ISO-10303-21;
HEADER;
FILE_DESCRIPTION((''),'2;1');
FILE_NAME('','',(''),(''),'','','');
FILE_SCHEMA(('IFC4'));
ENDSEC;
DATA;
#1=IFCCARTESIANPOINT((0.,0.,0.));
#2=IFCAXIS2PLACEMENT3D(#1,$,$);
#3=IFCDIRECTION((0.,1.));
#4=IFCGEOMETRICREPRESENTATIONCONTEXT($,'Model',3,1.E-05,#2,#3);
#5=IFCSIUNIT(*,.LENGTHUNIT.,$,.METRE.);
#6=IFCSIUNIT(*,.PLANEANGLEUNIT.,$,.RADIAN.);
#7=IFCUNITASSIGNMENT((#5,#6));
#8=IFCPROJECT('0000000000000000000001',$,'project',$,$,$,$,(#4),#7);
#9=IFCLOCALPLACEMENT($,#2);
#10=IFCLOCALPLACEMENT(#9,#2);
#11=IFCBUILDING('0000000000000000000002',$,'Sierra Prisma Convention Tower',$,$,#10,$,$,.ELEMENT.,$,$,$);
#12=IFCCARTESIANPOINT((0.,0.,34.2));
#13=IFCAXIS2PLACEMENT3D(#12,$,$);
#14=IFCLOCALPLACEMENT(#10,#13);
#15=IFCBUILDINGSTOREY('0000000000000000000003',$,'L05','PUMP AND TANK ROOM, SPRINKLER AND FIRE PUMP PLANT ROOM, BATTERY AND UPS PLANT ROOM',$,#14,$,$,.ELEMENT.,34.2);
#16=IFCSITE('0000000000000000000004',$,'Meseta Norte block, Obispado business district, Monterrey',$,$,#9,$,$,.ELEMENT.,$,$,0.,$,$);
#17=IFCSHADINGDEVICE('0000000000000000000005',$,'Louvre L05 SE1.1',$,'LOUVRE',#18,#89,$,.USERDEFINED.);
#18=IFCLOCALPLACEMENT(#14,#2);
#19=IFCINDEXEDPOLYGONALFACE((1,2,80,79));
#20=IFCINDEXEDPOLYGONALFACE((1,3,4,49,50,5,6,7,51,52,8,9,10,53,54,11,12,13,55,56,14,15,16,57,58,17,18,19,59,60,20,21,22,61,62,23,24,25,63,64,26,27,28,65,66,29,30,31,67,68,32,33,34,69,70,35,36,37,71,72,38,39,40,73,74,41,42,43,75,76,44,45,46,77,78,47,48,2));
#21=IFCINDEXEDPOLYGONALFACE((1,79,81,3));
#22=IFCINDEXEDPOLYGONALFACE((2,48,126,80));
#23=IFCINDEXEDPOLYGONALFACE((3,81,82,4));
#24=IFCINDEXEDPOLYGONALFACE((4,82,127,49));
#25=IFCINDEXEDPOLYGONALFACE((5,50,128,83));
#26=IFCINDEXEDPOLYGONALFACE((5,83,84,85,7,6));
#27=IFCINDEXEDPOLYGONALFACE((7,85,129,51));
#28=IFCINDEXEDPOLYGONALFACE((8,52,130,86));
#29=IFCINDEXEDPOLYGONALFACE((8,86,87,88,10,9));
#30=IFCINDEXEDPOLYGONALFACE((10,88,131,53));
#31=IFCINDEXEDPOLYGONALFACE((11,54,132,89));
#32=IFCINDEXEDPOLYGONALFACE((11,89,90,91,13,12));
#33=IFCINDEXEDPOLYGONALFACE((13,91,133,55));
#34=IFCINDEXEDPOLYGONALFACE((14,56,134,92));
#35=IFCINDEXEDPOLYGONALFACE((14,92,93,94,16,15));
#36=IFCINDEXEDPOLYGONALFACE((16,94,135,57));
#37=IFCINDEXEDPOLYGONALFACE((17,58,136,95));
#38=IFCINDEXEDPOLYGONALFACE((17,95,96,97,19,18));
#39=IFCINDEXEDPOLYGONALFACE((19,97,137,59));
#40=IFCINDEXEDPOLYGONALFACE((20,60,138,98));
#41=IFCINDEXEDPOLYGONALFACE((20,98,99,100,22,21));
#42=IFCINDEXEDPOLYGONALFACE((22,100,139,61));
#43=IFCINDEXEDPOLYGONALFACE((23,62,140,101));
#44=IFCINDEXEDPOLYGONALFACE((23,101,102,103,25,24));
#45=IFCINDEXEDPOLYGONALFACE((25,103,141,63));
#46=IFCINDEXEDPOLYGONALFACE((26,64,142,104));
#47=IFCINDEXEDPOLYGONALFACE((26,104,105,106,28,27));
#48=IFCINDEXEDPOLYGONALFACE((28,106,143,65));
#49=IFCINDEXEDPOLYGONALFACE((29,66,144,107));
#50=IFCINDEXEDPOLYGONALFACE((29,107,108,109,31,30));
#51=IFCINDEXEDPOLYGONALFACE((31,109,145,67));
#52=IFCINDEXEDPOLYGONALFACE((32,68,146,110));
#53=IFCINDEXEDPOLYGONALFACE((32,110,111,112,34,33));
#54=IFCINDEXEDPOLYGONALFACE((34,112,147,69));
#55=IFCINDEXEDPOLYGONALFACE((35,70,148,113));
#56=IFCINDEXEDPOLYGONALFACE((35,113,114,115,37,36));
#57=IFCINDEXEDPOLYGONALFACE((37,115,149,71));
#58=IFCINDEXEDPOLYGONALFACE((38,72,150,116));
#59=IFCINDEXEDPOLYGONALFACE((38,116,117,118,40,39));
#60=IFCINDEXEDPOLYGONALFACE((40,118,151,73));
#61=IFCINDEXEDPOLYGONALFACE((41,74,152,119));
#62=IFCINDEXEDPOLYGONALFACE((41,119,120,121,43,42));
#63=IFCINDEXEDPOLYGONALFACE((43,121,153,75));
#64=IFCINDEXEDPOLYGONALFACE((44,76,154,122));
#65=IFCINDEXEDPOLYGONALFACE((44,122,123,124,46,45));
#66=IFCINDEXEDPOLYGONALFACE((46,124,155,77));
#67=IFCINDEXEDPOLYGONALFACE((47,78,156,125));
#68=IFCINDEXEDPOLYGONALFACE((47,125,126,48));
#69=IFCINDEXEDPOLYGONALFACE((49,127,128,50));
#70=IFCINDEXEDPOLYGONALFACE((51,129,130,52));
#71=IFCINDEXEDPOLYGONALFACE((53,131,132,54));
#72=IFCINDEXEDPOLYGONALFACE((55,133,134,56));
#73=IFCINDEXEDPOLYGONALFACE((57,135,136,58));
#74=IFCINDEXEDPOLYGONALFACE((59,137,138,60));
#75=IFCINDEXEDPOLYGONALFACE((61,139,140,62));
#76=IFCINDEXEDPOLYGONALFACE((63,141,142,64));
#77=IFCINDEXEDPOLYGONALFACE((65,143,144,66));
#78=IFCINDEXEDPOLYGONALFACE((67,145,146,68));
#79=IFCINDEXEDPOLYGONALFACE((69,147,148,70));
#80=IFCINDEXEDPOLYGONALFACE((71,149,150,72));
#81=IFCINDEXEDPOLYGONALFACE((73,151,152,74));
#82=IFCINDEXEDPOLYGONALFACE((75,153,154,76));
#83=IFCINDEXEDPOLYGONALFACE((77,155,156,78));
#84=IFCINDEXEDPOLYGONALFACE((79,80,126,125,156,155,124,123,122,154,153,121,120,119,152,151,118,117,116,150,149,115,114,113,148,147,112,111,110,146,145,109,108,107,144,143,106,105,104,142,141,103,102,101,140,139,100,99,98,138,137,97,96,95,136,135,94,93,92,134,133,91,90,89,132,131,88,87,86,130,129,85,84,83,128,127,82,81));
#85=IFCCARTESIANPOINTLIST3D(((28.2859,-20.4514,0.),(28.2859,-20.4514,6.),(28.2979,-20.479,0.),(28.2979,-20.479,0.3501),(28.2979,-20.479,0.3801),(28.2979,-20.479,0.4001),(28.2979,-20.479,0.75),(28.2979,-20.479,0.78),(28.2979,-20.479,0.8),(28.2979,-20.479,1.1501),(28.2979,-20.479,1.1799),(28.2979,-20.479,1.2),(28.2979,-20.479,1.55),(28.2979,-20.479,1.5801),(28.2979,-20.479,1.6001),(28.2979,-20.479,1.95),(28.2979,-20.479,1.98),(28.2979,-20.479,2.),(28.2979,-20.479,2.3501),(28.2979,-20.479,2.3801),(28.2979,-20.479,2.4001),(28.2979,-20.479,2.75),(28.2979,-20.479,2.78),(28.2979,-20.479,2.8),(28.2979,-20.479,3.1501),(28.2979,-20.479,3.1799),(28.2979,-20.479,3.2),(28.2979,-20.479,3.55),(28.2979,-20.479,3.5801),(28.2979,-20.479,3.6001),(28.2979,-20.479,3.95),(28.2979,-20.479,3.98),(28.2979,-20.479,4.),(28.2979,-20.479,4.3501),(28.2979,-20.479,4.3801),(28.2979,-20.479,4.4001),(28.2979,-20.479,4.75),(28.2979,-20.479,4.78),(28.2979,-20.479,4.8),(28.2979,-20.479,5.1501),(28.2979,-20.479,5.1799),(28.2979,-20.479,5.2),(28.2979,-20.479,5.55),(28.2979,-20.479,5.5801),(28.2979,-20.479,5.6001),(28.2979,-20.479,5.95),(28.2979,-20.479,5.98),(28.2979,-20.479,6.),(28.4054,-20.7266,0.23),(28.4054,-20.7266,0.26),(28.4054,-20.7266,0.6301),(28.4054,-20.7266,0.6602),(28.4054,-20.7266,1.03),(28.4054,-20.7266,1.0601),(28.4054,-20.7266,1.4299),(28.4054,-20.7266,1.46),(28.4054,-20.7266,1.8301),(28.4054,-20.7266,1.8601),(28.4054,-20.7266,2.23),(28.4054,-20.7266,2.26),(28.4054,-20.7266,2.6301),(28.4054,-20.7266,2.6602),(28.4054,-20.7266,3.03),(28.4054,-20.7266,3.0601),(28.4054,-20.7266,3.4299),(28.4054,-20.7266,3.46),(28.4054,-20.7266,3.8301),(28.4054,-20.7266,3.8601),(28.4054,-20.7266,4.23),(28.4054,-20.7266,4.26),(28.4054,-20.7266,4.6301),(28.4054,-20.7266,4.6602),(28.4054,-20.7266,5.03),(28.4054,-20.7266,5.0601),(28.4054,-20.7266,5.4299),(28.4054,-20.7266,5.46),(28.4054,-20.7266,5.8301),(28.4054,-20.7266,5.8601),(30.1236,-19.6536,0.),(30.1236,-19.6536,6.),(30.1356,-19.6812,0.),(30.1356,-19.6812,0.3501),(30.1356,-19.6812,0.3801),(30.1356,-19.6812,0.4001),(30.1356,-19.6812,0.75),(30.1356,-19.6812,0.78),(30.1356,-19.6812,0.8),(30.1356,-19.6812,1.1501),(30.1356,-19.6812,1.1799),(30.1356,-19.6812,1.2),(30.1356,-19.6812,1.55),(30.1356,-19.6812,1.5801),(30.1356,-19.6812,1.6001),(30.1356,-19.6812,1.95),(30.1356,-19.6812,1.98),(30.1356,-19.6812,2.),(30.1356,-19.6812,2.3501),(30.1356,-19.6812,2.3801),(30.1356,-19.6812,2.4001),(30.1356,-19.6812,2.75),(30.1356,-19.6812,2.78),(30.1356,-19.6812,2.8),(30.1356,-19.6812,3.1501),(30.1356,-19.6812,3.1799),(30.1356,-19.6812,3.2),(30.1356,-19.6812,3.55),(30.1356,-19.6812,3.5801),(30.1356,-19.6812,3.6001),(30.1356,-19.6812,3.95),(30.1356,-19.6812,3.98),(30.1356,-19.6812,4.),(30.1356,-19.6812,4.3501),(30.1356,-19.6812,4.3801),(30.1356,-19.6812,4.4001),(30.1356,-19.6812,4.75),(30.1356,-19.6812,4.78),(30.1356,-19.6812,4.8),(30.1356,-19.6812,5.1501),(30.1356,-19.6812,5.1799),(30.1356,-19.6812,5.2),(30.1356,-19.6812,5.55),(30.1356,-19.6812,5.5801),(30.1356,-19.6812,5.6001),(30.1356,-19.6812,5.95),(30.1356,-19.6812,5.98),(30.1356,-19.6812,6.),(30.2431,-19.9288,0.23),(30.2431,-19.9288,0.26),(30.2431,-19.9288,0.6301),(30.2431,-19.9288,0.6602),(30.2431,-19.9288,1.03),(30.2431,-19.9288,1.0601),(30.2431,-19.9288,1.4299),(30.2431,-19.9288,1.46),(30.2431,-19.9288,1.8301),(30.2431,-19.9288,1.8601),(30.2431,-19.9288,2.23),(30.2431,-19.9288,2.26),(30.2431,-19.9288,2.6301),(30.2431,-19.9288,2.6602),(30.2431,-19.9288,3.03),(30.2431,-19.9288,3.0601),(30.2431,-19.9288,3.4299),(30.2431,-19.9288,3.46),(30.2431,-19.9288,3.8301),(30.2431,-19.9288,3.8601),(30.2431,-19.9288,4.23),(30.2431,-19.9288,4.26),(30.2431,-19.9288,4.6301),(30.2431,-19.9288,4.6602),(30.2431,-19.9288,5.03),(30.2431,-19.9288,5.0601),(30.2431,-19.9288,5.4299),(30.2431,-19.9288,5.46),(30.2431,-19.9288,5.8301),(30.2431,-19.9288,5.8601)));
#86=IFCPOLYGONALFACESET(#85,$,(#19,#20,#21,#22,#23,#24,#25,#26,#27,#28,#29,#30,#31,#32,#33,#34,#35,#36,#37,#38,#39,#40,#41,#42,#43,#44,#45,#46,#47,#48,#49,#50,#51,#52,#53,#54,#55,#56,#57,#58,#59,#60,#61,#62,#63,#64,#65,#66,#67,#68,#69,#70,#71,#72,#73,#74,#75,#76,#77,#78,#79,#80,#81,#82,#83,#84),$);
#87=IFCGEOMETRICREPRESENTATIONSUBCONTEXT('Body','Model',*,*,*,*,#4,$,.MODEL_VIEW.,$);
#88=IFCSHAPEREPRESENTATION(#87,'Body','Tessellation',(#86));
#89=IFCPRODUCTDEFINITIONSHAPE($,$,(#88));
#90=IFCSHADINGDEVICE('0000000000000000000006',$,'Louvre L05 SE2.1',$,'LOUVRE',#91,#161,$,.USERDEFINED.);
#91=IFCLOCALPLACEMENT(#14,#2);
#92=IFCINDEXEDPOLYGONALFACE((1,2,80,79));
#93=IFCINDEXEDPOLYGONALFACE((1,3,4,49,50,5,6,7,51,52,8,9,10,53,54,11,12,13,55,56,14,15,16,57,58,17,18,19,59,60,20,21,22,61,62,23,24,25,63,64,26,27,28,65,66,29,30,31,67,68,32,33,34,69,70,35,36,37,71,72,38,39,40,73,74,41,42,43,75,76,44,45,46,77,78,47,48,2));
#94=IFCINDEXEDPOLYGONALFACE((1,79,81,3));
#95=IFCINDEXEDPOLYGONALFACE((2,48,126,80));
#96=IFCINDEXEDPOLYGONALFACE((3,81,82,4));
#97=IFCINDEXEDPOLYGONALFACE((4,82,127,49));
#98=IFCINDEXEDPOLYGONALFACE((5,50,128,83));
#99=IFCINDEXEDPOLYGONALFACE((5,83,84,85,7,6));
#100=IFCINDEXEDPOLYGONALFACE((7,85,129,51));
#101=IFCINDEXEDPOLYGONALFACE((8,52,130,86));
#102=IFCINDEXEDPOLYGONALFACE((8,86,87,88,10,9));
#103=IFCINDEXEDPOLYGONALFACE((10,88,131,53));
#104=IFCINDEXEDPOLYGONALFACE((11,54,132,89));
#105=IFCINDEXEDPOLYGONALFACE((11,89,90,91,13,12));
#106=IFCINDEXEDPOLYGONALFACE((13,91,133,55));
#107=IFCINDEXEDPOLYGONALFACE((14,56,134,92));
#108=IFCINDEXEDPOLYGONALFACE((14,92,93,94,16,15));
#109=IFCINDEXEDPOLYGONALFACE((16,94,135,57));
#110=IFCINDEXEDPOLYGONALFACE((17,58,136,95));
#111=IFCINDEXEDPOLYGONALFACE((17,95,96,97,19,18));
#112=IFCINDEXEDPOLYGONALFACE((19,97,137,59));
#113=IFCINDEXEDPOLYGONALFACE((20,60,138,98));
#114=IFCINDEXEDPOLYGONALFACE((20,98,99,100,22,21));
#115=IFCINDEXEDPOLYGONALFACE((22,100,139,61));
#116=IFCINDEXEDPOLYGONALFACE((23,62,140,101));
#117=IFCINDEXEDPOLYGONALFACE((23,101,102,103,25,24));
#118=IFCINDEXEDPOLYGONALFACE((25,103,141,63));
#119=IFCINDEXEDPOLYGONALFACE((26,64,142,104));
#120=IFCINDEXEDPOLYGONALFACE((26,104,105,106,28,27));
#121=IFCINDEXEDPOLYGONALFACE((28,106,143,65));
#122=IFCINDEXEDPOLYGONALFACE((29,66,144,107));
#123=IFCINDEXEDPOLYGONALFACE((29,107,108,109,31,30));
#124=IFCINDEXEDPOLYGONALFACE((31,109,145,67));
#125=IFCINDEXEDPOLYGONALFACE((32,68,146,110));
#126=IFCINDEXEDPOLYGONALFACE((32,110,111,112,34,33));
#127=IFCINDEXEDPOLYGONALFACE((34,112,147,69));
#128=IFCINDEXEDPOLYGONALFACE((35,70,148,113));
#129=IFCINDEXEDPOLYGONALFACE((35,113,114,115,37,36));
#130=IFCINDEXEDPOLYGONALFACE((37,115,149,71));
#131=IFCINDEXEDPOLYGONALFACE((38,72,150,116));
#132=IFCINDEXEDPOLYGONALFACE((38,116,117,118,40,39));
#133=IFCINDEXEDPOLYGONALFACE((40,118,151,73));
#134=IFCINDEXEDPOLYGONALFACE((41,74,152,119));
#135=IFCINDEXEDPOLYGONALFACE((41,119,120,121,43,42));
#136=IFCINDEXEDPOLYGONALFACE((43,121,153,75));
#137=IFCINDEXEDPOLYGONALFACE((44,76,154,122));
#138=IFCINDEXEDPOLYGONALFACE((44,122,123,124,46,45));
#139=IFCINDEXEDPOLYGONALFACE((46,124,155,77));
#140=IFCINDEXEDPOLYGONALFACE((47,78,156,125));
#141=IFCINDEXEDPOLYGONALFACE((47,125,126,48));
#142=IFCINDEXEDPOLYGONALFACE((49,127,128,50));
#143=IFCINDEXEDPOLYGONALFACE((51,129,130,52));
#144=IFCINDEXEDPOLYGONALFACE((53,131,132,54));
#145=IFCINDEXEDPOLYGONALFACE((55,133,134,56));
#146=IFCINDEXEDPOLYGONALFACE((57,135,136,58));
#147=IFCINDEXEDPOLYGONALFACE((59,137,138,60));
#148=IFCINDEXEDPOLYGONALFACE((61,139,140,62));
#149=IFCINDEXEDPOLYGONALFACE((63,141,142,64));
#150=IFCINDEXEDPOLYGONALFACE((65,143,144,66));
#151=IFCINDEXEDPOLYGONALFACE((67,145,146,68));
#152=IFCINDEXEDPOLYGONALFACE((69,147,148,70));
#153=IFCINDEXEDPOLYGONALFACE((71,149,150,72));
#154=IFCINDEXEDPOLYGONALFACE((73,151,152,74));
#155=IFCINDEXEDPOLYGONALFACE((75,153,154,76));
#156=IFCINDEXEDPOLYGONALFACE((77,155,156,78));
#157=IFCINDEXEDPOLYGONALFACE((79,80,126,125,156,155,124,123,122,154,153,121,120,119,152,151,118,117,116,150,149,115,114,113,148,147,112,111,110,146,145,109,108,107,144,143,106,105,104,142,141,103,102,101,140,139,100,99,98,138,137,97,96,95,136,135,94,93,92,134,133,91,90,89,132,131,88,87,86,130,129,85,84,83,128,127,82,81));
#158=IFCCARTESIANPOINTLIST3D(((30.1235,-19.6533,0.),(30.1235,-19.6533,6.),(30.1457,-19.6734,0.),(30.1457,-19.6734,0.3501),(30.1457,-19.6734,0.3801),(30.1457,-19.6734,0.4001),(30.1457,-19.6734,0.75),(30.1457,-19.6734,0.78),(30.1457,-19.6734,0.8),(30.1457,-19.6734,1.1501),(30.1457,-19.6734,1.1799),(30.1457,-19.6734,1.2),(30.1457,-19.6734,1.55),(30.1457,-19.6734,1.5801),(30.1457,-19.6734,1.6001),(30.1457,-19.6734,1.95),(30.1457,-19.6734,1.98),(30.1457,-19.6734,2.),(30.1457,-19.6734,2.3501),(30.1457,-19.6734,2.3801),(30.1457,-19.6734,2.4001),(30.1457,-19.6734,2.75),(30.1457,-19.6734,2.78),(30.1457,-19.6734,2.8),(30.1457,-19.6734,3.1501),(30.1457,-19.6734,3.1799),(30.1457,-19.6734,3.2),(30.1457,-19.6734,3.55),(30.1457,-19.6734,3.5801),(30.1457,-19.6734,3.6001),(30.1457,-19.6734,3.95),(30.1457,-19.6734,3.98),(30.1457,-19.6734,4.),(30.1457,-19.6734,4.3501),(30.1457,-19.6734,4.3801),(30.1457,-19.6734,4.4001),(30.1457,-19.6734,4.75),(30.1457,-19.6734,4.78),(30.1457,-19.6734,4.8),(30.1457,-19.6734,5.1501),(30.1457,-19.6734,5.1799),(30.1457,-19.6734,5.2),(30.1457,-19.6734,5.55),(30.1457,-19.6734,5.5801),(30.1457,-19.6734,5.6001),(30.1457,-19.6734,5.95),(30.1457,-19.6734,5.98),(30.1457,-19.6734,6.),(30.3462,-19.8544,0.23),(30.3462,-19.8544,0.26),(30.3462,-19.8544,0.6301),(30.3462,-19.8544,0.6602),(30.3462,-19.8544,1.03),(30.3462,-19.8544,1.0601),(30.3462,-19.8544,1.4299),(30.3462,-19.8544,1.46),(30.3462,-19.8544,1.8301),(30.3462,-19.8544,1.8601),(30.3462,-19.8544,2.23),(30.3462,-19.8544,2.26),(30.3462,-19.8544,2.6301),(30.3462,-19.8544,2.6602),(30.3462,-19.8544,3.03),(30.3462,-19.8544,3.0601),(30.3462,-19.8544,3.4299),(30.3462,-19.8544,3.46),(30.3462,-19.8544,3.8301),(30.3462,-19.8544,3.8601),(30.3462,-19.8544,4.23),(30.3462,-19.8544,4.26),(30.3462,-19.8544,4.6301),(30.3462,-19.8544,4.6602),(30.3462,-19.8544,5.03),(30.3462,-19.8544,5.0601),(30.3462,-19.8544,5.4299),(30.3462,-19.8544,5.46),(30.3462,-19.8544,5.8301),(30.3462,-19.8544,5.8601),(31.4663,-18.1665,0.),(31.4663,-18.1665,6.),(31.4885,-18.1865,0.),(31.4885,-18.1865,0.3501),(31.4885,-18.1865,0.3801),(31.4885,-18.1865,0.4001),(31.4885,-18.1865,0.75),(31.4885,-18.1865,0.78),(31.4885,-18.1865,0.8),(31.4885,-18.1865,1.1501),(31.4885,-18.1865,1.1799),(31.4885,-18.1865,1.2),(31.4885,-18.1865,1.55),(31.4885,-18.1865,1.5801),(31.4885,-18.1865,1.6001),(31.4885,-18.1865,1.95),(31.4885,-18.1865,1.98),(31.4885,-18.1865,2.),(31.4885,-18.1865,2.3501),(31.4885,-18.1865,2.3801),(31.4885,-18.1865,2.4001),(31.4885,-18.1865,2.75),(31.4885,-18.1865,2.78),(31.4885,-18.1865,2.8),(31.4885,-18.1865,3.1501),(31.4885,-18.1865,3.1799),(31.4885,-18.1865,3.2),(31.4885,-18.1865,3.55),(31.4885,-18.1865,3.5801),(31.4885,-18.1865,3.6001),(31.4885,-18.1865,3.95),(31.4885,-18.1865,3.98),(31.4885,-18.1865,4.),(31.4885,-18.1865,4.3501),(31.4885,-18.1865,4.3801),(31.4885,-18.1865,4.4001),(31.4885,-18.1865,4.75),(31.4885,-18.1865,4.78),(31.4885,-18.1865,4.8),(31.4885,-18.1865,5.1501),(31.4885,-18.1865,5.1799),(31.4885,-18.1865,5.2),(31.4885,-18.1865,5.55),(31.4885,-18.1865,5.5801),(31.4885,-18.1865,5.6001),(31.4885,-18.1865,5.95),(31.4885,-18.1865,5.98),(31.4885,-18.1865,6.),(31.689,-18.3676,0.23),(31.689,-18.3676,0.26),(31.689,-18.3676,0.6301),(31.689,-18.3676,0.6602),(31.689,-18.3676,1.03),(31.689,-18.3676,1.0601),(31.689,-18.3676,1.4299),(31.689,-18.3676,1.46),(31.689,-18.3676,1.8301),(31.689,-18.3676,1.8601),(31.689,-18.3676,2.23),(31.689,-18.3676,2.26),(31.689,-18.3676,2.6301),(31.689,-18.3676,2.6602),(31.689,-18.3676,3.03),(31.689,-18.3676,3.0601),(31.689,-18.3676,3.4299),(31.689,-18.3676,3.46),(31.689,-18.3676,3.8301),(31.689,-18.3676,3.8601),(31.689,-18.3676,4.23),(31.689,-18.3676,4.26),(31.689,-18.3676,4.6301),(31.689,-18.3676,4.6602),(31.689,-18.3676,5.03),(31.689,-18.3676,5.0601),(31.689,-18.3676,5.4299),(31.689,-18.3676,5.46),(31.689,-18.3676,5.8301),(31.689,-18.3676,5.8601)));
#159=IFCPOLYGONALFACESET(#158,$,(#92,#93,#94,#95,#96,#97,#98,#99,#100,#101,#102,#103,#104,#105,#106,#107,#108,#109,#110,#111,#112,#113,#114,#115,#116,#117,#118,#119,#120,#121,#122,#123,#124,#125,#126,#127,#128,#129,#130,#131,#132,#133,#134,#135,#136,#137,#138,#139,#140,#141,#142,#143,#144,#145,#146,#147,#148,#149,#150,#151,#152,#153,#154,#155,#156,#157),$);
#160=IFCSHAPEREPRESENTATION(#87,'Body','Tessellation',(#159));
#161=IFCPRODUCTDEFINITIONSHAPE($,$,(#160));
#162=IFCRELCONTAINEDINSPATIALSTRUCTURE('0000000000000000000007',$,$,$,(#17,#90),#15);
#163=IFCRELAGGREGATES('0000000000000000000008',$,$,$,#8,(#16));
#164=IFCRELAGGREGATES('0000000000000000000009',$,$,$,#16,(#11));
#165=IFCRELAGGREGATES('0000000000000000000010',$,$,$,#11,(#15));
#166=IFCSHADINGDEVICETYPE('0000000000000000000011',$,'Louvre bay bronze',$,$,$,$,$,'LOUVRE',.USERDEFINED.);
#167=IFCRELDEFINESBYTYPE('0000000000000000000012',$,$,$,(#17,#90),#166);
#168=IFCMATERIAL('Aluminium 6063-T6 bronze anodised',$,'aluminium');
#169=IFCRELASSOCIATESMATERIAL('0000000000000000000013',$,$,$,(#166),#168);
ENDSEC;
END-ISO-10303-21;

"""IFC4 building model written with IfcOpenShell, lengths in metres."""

from ifc_helpers import new_model, si_unit, direction, frame, origin, place, context, subcontext, project, spatial, polyline, outline, extrude, material, type_object, element, save


model = new_model("IFC4")

# Units and contexts
model_context = context("Model", 3, precision=1e-05, world=origin(), true_north=direction((0.0, 1.0)))
body_context = subcontext(model_context, "Body", "Model", "MODEL_VIEW")
ifc_project = project(units=[si_unit("LENGTHUNIT", "METRE"), si_unit("PLANEANGLEUNIT", "RADIAN")], contexts=[model_context])

# Site, building, storey
site_placement = place(None, origin())
site = spatial("IfcSite", under=ifc_project, at=site_placement, Name="Meseta Norte block, Obispado business district, Monterrey", CompositionType="ELEMENT", RefElevation=0.0)
building_placement = place(site_placement, origin())
building = spatial("IfcBuilding", under=site, at=building_placement, Name="Sierra Prisma Convention Tower", CompositionType="ELEMENT")
storey_placement = place(building_placement, frame((0.0, 0.0, 34.2)))
storey = spatial("IfcBuildingStorey", under=building, at=storey_placement, Name="L05", Description="PUMP AND TANK ROOM, SPRINKLER AND FIRE PUMP PLANT ROOM, BATTERY AND UPS PLANT ROOM", CompositionType="ELEMENT", Elevation=34.2)

# Shading devices
ifc_material_1 = material(Name="Aluminium 6063-T6 bronze anodised", Category="aluminium")
shading_device_type = type_object("IfcShadingDeviceType", Name="Louvre bay bronze", ElementType="LOUVRE", PredefinedType="USERDEFINED", material=ifc_material_1)
shading_device_1_placement = place(storey_placement, frame((28.2859, -20.4514, 0.0), z_axis=(-0.917284, -0.398234, 0.0), x_axis=(0.0, 0.0, 1.0)))
element("IfcShadingDevice", 1, at=shading_device_1_placement, inside=storey, type_object=shading_device_type, Name="Louvre L05 SE1.1", ObjectType="LOUVRE", PredefinedType="USERDEFINED", context=body_context, shape_type="SweptSolid", body=[
    extrude(outline(polyline([(0.0, 0.0), (6.0, 0.0), (6.0, -0.0301), (5.98, -0.0301), (5.8601, -0.3), (5.8301, -0.3), (5.95, -0.0301), (5.6001, -0.0301), (5.5801, -0.0301), (5.46, -0.3), (5.4299, -0.3), (5.55, -0.0301), (5.2, -0.0301), (5.1799, -0.0301), (5.0601, -0.3), (5.03, -0.3), (5.1501, -0.0301), (4.8, -0.0301), (4.78, -0.0301), (4.6602, -0.3), (4.6301, -0.3), (4.75, -0.0301), (4.4001, -0.0301), (4.3801, -0.0301), (4.26, -0.3), (4.23, -0.3), (4.3501, -0.0301), (4.0, -0.0301), (3.98, -0.0301), (3.8601, -0.3), (3.8301, -0.3), (3.95, -0.0301), (3.6001, -0.0301), (3.5801, -0.0301), (3.46, -0.3), (3.4299, -0.3), (3.55, -0.0301), (3.2, -0.0301), (3.1799, -0.0301), (3.0601, -0.3), (3.03, -0.3), (3.1501, -0.0301), (2.8, -0.0301), (2.78, -0.0301), (2.6602, -0.3), (2.6301, -0.3), (2.75, -0.0301), (2.4001, -0.0301), (2.3801, -0.0301), (2.26, -0.3), (2.23, -0.3), (2.3501, -0.0301), (2.0, -0.0301), (1.98, -0.0301), (1.8601, -0.3), (1.8301, -0.3), (1.95, -0.0301), (1.6001, -0.0301), (1.5801, -0.0301), (1.46, -0.3), (1.4299, -0.3), (1.55, -0.0301), (1.2, -0.0301), (1.1799, -0.0301), (1.0601, -0.3), (1.03, -0.3), (1.1501, -0.0301), (0.8, -0.0301), (0.78, -0.0301), (0.6602, -0.3), (0.6301, -0.3), (0.75, -0.0301), (0.4001, -0.0301), (0.3801, -0.0301), (0.26, -0.3), (0.23, -0.3), (0.3501, -0.0301), (0.0, -0.0301), (0.0, 0.0)])), origin(), (0.0, 0.0, -1.0), 2.0034),
])
shading_device_2_placement = place(storey_placement, frame((30.1235, -19.6533, 0.0), z_axis=(-0.670241, -0.742144, 0.0), x_axis=(0.0, 0.0, 1.0)))
element("IfcShadingDevice", 2, at=shading_device_2_placement, inside=storey, type_object=shading_device_type, Name="Louvre L05 SE2.1", ObjectType="LOUVRE", PredefinedType="USERDEFINED", context=body_context, shape_type="SweptSolid", body=[
    extrude(outline(polyline([(0.0, 0.0), (6.0, 0.0), (6.0, -0.0299), (5.98, -0.0299), (5.8601, -0.3001), (5.8301, -0.3001), (5.95, -0.0299), (5.6001, -0.0299), (5.5801, -0.0299), (5.46, -0.3001), (5.4299, -0.3001), (5.55, -0.0299), (5.2, -0.0299), (5.1799, -0.0299), (5.0601, -0.3001), (5.03, -0.3001), (5.1501, -0.0299), (4.8, -0.0299), (4.78, -0.0299), (4.6602, -0.3001), (4.6301, -0.3001), (4.75, -0.0299), (4.4001, -0.0299), (4.3801, -0.0299), (4.26, -0.3001), (4.23, -0.3001), (4.3501, -0.0299), (4.0, -0.0299), (3.98, -0.0299), (3.8601, -0.3001), (3.8301, -0.3001), (3.95, -0.0299), (3.6001, -0.0299), (3.5801, -0.0299), (3.46, -0.3001), (3.4299, -0.3001), (3.55, -0.0299), (3.2, -0.0299), (3.1799, -0.0299), (3.0601, -0.3001), (3.03, -0.3001), (3.1501, -0.0299), (2.8, -0.0299), (2.78, -0.0299), (2.6602, -0.3001), (2.6301, -0.3001), (2.75, -0.0299), (2.4001, -0.0299), (2.3801, -0.0299), (2.26, -0.3001), (2.23, -0.3001), (2.3501, -0.0299), (2.0, -0.0299), (1.98, -0.0299), (1.8601, -0.3001), (1.8301, -0.3001), (1.95, -0.0299), (1.6001, -0.0299), (1.5801, -0.0299), (1.46, -0.3001), (1.4299, -0.3001), (1.55, -0.0299), (1.2, -0.0299), (1.1799, -0.0299), (1.0601, -0.3001), (1.03, -0.3001), (1.1501, -0.0299), (0.8, -0.0299), (0.78, -0.0299), (0.6602, -0.3001), (0.6301, -0.3001), (0.75, -0.0299), (0.4001, -0.0299), (0.3801, -0.0299), (0.26, -0.3001), (0.23, -0.3001), (0.3501, -0.0299), (0.0, -0.0299), (0.0, 0.0)])), origin(), (0.0, 0.0, -1.0), 2.0034),
])

save(model, "model.ifc")
